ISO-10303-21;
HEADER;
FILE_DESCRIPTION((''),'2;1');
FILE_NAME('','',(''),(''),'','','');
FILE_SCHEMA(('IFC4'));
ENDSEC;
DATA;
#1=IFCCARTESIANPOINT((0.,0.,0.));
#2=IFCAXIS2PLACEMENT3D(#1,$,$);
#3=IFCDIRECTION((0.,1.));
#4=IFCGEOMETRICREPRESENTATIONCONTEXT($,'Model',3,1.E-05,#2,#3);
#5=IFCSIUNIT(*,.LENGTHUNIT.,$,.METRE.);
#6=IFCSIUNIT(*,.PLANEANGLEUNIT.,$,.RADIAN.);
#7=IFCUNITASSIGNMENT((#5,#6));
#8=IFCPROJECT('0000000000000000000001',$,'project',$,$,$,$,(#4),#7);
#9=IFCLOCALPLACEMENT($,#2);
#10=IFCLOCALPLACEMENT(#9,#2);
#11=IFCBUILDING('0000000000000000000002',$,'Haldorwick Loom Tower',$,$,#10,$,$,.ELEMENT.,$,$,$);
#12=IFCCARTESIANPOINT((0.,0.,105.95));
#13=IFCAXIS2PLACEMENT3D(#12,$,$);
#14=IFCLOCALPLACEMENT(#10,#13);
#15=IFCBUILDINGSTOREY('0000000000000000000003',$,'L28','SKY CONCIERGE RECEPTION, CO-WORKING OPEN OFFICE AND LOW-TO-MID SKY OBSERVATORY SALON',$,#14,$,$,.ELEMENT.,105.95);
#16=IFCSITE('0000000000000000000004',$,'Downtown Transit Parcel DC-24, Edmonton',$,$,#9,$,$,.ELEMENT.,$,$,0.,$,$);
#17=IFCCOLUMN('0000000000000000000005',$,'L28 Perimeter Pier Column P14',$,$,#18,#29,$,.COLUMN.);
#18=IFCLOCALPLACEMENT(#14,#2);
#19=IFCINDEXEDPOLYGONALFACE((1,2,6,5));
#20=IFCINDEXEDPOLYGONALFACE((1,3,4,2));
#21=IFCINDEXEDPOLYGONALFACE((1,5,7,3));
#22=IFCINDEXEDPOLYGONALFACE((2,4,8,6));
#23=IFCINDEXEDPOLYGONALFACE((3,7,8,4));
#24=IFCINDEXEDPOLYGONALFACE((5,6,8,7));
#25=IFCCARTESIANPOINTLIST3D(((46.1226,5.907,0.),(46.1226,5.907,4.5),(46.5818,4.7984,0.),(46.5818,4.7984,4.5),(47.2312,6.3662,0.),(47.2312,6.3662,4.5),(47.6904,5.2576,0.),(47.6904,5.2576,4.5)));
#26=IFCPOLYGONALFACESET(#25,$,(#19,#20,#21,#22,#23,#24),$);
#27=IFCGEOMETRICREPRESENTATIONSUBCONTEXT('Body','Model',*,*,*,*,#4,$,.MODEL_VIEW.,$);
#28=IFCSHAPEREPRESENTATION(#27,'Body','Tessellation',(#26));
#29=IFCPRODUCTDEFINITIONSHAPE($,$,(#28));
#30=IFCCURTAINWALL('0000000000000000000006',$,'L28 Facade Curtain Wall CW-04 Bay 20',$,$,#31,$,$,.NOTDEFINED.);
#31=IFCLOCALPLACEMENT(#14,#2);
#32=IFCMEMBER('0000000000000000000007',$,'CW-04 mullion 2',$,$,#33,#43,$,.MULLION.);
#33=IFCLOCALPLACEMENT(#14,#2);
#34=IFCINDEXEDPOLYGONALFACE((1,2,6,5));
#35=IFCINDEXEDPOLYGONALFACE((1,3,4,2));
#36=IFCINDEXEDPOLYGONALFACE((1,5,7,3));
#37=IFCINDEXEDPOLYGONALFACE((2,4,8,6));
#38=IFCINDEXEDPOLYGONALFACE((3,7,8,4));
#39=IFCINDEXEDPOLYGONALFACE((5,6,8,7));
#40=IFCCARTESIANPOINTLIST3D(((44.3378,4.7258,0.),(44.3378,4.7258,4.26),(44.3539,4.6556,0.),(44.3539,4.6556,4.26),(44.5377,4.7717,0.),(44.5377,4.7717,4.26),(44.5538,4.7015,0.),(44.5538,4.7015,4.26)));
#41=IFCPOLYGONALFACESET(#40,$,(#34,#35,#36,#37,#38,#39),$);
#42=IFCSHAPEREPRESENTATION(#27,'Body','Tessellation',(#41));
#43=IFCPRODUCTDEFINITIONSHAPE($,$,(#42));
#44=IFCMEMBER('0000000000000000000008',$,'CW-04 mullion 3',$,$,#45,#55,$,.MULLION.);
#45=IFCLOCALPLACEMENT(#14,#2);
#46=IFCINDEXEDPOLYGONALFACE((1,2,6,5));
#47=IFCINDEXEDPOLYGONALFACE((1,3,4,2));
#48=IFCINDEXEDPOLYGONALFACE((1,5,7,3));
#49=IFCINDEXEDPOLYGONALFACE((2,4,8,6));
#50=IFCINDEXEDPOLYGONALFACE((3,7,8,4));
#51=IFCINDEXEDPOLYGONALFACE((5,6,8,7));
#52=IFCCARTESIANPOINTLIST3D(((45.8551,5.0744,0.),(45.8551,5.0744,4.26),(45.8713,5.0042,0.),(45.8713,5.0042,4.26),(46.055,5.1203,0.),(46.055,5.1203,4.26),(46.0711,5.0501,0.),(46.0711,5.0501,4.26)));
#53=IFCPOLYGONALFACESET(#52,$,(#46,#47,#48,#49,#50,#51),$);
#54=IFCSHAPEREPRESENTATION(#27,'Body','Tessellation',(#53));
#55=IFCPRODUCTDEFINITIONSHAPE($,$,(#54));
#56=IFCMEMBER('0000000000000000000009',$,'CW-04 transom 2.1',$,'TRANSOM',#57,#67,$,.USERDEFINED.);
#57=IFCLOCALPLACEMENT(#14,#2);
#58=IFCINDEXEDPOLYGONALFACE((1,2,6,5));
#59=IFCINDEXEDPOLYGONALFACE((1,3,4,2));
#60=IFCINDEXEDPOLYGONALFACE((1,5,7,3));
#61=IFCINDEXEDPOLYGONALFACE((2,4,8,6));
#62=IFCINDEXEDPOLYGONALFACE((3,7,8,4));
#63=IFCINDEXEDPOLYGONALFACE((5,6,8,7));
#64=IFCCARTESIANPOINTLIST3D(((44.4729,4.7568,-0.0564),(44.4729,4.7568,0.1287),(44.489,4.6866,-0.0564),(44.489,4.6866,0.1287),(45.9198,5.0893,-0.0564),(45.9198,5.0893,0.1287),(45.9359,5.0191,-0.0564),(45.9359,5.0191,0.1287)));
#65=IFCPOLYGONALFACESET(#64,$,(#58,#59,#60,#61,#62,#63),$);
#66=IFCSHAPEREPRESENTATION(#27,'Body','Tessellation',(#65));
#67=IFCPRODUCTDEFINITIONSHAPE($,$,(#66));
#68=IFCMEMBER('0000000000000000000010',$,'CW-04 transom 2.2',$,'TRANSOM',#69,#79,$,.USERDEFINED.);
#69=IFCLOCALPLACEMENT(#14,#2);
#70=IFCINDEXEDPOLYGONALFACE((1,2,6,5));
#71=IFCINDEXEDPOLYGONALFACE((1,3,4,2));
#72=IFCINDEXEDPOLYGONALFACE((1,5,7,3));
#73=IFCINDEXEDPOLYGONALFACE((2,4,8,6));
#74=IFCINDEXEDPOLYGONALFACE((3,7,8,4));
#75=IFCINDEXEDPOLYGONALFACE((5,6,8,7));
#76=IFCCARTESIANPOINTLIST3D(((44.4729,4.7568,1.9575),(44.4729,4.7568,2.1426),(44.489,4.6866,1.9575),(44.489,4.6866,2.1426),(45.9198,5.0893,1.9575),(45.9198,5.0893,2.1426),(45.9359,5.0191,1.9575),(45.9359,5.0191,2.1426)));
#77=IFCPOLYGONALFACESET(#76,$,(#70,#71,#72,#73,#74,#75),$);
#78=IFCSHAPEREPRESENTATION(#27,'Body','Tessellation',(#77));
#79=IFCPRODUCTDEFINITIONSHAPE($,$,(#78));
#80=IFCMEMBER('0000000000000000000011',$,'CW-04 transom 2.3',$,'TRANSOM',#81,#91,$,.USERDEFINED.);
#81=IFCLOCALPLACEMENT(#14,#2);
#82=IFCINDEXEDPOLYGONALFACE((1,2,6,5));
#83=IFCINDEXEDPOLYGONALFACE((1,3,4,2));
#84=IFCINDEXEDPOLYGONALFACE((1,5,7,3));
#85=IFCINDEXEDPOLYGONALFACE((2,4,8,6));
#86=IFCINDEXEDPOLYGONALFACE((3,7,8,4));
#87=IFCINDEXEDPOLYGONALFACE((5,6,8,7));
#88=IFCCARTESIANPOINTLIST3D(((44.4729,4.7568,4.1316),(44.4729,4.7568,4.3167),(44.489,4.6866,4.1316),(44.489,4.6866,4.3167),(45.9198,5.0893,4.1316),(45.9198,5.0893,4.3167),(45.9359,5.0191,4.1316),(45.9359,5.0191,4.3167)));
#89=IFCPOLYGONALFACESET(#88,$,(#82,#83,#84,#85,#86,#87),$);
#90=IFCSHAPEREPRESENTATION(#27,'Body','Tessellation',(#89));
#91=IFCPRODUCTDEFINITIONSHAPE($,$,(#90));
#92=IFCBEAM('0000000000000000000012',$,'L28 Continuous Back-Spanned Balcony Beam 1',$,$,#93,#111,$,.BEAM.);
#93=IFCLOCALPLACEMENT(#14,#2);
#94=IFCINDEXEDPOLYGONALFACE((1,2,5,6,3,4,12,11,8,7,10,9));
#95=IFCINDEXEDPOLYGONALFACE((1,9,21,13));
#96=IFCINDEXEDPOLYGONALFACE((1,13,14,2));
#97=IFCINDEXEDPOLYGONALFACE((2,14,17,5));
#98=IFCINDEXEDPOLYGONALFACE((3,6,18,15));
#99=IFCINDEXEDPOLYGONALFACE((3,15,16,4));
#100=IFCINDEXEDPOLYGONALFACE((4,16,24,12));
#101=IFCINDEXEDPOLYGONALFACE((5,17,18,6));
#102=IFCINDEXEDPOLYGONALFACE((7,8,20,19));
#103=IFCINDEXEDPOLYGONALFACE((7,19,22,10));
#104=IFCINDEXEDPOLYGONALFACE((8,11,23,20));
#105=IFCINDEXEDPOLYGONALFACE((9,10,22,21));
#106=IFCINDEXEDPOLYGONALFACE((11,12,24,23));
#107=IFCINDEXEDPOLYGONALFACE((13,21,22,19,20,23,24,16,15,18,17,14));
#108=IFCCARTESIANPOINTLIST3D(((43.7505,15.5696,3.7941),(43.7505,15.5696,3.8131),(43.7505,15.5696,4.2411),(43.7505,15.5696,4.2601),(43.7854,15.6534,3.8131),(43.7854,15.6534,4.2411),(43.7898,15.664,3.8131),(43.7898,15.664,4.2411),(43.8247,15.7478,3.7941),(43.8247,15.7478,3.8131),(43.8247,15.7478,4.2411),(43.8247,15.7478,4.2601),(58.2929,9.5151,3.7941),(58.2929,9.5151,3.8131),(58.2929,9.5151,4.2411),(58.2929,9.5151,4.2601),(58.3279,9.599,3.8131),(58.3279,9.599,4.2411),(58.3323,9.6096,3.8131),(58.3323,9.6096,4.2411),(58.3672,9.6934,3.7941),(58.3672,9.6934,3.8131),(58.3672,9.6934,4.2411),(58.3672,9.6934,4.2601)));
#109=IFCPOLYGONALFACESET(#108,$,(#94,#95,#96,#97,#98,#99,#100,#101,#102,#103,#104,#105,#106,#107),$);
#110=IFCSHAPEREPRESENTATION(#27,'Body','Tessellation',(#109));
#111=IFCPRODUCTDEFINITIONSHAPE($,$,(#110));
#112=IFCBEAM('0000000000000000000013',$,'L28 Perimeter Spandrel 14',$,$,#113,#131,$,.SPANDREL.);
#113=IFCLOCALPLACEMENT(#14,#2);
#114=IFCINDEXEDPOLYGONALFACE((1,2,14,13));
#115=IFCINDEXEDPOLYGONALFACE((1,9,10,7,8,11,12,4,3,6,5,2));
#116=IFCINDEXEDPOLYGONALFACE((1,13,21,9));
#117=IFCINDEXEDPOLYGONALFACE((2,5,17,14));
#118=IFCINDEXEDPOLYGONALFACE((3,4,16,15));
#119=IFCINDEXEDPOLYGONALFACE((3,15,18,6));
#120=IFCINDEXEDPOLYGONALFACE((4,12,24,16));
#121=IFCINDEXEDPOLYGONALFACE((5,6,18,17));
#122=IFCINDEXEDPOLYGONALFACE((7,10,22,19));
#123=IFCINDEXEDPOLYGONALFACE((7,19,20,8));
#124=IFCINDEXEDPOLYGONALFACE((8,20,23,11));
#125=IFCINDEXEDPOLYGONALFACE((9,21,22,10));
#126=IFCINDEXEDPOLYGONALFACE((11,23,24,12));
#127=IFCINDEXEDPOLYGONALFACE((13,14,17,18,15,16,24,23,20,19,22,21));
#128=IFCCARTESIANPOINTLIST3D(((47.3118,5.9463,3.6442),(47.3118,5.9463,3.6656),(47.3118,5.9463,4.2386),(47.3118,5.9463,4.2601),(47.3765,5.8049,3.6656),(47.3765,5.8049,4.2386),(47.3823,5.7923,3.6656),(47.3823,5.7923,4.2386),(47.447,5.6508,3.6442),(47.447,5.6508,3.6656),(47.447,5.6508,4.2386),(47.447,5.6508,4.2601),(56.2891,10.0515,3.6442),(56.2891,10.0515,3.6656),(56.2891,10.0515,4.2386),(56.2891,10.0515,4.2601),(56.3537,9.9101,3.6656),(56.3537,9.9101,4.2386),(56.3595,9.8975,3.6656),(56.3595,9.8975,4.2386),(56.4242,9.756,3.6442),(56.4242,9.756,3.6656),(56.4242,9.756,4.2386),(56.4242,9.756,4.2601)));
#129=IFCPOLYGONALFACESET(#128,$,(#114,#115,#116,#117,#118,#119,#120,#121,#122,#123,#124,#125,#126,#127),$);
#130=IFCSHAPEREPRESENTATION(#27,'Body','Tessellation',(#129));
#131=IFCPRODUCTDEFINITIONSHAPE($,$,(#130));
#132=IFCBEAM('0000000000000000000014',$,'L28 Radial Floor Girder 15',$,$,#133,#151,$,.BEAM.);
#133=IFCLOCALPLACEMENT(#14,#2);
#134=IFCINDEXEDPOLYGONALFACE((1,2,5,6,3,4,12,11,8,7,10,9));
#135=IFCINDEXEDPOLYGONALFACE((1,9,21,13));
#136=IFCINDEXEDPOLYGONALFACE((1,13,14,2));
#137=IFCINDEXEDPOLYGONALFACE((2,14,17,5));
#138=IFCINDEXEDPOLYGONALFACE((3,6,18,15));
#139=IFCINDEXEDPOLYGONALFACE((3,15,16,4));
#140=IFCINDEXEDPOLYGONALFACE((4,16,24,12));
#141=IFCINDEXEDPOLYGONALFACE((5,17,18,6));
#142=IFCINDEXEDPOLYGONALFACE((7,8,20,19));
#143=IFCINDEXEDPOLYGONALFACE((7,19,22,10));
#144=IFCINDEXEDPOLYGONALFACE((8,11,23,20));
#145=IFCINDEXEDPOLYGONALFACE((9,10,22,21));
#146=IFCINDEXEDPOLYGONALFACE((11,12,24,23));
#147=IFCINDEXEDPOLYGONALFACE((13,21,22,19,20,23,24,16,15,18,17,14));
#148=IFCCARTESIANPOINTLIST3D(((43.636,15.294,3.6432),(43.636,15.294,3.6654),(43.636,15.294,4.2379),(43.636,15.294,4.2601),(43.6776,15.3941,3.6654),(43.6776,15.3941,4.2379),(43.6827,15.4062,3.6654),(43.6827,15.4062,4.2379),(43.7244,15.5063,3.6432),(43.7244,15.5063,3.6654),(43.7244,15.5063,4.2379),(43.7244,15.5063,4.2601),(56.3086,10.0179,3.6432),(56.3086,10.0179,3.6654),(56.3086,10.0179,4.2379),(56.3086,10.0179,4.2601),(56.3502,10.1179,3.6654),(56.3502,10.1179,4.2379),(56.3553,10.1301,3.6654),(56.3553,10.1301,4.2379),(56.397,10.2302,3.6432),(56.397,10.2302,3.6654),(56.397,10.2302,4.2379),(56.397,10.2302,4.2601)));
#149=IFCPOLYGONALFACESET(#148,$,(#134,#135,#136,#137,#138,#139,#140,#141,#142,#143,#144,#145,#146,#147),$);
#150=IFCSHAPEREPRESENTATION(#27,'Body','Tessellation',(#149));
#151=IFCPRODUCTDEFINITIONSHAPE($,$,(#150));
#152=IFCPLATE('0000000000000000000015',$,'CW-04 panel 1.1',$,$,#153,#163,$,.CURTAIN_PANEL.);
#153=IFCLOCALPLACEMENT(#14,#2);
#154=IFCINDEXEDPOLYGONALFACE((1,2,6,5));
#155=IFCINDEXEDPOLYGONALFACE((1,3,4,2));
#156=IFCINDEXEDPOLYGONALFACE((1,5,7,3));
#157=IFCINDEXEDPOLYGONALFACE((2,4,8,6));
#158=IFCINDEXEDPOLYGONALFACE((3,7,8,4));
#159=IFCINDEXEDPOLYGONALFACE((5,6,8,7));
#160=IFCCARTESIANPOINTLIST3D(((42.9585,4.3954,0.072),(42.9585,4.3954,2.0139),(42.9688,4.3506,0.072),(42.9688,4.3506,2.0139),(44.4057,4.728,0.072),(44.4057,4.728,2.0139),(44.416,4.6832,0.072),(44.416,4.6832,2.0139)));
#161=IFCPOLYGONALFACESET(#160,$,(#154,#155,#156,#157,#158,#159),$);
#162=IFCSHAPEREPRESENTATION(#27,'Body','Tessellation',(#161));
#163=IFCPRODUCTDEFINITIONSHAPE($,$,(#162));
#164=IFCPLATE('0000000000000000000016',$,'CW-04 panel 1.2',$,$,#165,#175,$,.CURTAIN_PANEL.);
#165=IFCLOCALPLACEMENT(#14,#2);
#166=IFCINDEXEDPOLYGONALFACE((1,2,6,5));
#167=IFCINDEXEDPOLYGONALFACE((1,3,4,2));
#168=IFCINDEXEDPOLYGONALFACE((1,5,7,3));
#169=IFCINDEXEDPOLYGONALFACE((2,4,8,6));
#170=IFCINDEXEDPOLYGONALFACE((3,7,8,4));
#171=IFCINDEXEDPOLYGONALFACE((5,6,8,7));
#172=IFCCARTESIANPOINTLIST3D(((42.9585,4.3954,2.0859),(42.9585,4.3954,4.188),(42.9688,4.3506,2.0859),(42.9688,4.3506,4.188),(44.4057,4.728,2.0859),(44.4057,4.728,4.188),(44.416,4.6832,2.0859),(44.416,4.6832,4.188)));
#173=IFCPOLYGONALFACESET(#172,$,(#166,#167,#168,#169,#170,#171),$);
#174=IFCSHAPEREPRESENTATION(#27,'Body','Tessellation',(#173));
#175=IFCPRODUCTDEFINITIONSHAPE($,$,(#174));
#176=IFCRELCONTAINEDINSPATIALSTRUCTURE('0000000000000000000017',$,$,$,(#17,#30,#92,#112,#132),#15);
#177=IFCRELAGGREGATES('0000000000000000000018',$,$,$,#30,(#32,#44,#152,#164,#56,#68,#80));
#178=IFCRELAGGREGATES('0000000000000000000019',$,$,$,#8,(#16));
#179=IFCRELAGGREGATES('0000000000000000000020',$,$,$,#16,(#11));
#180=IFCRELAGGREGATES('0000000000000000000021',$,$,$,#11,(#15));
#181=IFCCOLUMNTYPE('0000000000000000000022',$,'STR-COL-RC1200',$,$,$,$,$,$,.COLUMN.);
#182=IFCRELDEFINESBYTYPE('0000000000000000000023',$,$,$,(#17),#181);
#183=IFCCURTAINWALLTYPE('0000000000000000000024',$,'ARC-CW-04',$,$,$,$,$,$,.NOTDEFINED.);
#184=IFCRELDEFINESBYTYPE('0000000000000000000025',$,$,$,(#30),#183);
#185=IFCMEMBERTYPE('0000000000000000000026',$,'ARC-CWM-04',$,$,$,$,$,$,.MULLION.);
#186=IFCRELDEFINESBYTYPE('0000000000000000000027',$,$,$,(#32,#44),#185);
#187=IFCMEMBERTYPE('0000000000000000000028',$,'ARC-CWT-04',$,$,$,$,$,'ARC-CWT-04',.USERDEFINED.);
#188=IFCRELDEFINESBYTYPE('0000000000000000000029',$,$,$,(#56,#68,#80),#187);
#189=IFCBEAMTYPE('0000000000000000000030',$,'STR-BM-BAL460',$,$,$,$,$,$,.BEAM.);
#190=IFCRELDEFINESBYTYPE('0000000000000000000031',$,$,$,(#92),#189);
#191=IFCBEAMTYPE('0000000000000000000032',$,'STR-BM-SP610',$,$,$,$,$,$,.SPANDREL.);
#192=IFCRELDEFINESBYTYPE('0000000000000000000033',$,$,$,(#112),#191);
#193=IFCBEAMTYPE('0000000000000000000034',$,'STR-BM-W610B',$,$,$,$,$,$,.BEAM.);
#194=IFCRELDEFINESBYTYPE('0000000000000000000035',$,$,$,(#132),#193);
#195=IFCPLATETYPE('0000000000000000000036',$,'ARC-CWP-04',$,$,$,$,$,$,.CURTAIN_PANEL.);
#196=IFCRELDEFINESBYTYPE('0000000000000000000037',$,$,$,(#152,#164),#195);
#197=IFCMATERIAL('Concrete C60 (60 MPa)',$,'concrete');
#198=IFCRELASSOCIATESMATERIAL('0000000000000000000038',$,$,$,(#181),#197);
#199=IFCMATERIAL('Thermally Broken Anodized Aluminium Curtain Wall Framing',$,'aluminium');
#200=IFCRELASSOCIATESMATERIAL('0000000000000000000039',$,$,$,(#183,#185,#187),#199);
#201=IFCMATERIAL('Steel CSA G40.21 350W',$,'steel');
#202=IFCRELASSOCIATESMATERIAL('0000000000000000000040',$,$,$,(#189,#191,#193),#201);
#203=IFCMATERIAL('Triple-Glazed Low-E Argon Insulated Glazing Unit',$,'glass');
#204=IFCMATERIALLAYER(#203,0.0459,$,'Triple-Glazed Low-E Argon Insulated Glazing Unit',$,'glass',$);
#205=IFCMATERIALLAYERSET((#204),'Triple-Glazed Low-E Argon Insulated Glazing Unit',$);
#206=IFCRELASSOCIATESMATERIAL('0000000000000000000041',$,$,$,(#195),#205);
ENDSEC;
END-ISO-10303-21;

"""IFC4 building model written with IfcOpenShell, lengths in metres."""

from ifc_helpers import new_model, si_unit, direction, frame, origin, origin_2d, place, context, subcontext, project, spatial, rectangle, i_section, extrude, material, layer, layer_set, material_profile, profile_set, type_object, element, aggregate, save


model = new_model("IFC4")

# Units and contexts
model_context = context("Model", 3, precision=1e-05, world=origin(), true_north=direction((0.0, 1.0)))
body_context = subcontext(model_context, "Body", "Model", "MODEL_VIEW")
ifc_project = project(units=[si_unit("LENGTHUNIT", "METRE"), si_unit("PLANEANGLEUNIT", "RADIAN")], contexts=[model_context])

# Site, building, storey
site_placement = place(None, origin())
site = spatial("IfcSite", under=ifc_project, at=site_placement, Name="Downtown Transit Parcel DC-24, Edmonton", CompositionType="ELEMENT", RefElevation=0.0)
building_placement = place(site_placement, origin())
building = spatial("IfcBuilding", under=site, at=building_placement, Name="Haldorwick Loom Tower", CompositionType="ELEMENT")
storey_placement = place(building_placement, frame((0.0, 0.0, 105.95)))
storey = spatial("IfcBuildingStorey", under=building, at=storey_placement, Name="L28", Description="SKY CONCIERGE RECEPTION, CO-WORKING OPEN OFFICE AND LOW-TO-MID SKY OBSERVATORY SALON", CompositionType="ELEMENT", Elevation=105.95)

# Column
ifc_material_1 = material(Name="Concrete C60 (60 MPa)", Category="concrete")
ifc_material_profile_1 = material_profile(ifc_material_1, rectangle(XDim=1.2, YDim=1.2, at=origin_2d()), Name="RC1200X1200", Category="concrete")
ifc_profile_set_1 = profile_set([ifc_material_profile_1], Name="Concrete C60 (60 MPa)")
column_type = type_object("IfcColumnType", Name="STR-COL-RC1200", PredefinedType="COLUMN", material=ifc_profile_set_1)
column_placement = place(storey_placement, frame((46.9065, 5.5823, 0.0), z_axis=(0.0, 0.0, 1.0), x_axis=(0.382683, -0.92388, 0.0)))
element("IfcColumn", 1, at=column_placement, inside=storey, type_object=column_type, Name="L28 Perimeter Pier Column P14", PredefinedType="COLUMN", context=body_context, shape_type="SweptSolid", body=[
    extrude(rectangle(XDim=1.2, YDim=1.2, at=origin_2d()), origin(), (0.0, 0.0, 1.0), 4.5),
])

# Curtain wall, members
ifc_material_2 = material(Name="Thermally Broken Anodized Aluminium Curtain Wall Framing", Category="aluminium")
curtain_wall_type = type_object("IfcCurtainWallType", Name="ARC-CW-04", PredefinedType="NOTDEFINED", material=ifc_material_2)
curtain_wall_placement = place(storey_placement, origin())
curtain_wall = element("IfcCurtainWall", 2, at=curtain_wall_placement, inside=storey, type_object=curtain_wall_type, Name="L28 Facade Curtain Wall CW-04 Bay 20", PredefinedType="NOTDEFINED")
ifc_material_profile_2 = material_profile(ifc_material_2, rectangle(XDim=0.072, YDim=0.2051, at=origin_2d()), Name="ALU_MUL_72X205", Category="aluminium")
ifc_profile_set_2 = profile_set([ifc_material_profile_2], Name="Thermally Broken Anodized Aluminium Curtain Wall Framing")
member_type_1 = type_object("IfcMemberType", Name="ARC-CWM-04", PredefinedType="MULLION", material=ifc_profile_set_2)
member_1_placement = place(storey_placement, frame((44.4458, 4.7136, 0.0), z_axis=(0.0, 0.0, 1.0), x_axis=(-0.223981, 0.974593, 0.0)))
member_1 = element("IfcMember", 3, at=member_1_placement, type_object=member_type_1, Name="CW-04 mullion 2", PredefinedType="MULLION", context=body_context, shape_type="SweptSolid", body=[
    extrude(rectangle(XDim=0.072, YDim=0.2051, at=origin_2d()), origin(), (0.0, 0.0, 1.0), 4.26),
])
member_2_placement = place(storey_placement, frame((45.9631, 5.0623, 0.0), z_axis=(0.0, 0.0, 1.0), x_axis=(-0.223981, 0.974593, 0.0)))
member_2 = element("IfcMember", 4, at=member_2_placement, type_object=member_type_1, Name="CW-04 mullion 3", PredefinedType="MULLION", context=body_context, shape_type="SweptSolid", body=[
    extrude(rectangle(XDim=0.072, YDim=0.2051, at=origin_2d()), origin(), (0.0, 0.0, 1.0), 4.26),
])
ifc_material_profile_3 = material_profile(ifc_material_2, rectangle(XDim=0.072, YDim=0.1851, at=origin_2d()), Name="ALU_TRN_72X185", Category="aluminium")
ifc_profile_set_3 = profile_set([ifc_material_profile_3], Name="Thermally Broken Anodized Aluminium Curtain Wall Framing")
member_type_2 = type_object("IfcMemberType", Name="ARC-CWT-04", ElementType="ARC-CWT-04", PredefinedType="USERDEFINED", material=ifc_profile_set_3)
member_3_placement = place(storey_placement, frame((44.481, 4.7217, 0.0361), z_axis=(0.974599, 0.223959, 0.0), x_axis=(-0.223959, 0.974599, 0.0)))
member_3 = element("IfcMember", 5, at=member_3_placement, type_object=member_type_2, Name="CW-04 transom 2.1", ObjectType="TRANSOM", PredefinedType="USERDEFINED", context=body_context, shape_type="SweptSolid", body=[
    extrude(rectangle(XDim=0.072, YDim=0.1851, at=origin_2d()), origin(), (0.0, 0.0, 1.0), 1.4846),
])
member_4_placement = place(storey_placement, frame((44.481, 4.7217, 2.05), z_axis=(0.974599, 0.223959, 0.0), x_axis=(-0.223959, 0.974599, 0.0)))
member_4 = element("IfcMember", 6, at=member_4_placement, type_object=member_type_2, Name="CW-04 transom 2.2", ObjectType="TRANSOM", PredefinedType="USERDEFINED", context=body_context, shape_type="SweptSolid", body=[
    extrude(rectangle(XDim=0.072, YDim=0.1851, at=origin_2d()), origin(), (0.0, 0.0, 1.0), 1.4846),
])
member_5_placement = place(storey_placement, frame((44.481, 4.7217, 4.2241), z_axis=(0.974599, 0.223959, 0.0), x_axis=(-0.223959, 0.974599, 0.0)))
member_5 = element("IfcMember", 7, at=member_5_placement, type_object=member_type_2, Name="CW-04 transom 2.3", ObjectType="TRANSOM", PredefinedType="USERDEFINED", context=body_context, shape_type="SweptSolid", body=[
    extrude(rectangle(XDim=0.072, YDim=0.1851, at=origin_2d()), origin(), (0.0, 0.0, 1.0), 1.4846),
])

# Beams
ifc_material_3 = material(Name="Steel CSA G40.21 350W", Category="steel")
ifc_material_profile_4 = material_profile(ifc_material_3, i_section(OverallWidth=0.1931, OverallDepth=0.4661, WebThickness=0.0115, FlangeThickness=0.019, at=origin_2d()), Name="W460X97", Category="steel")
ifc_profile_set_4 = profile_set([ifc_material_profile_4], Name="Steel CSA G40.21 350W")
beam_type_1 = type_object("IfcBeamType", Name="STR-BM-BAL460", PredefinedType="BEAM", material=ifc_profile_set_4)
beam_1_placement = place(storey_placement, frame((43.7876, 15.6587, 4.0271), z_axis=(0.923188, -0.384349, 0.0), x_axis=(0.384349, 0.923188, 0.0)))
element("IfcBeam", 8, at=beam_1_placement, inside=storey, type_object=beam_type_1, Name="L28 Continuous Back-Spanned Balcony Beam 1", PredefinedType="BEAM", context=body_context, shape_type="SweptSolid", body=[
    extrude(i_section(OverallWidth=0.1931, OverallDepth=0.4661, WebThickness=0.0115, FlangeThickness=0.019, at=origin_2d()), origin(), (0.0, 0.0, 1.0), 15.7524),
])
ifc_material_profile_5 = material_profile(ifc_material_3, i_section(OverallWidth=0.325, OverallDepth=0.616, WebThickness=0.0139, FlangeThickness=0.0215, at=origin_2d()), Name="W610X174", Category="steel")
ifc_profile_set_5 = profile_set([ifc_material_profile_5], Name="Steel CSA G40.21 350W")
beam_type_2 = type_object("IfcBeamType", Name="STR-BM-SP610", PredefinedType="SPANDREL", material=ifc_profile_set_5)
beam_2_placement = place(storey_placement, frame((47.3794, 5.7986, 3.9521), z_axis=(0.909424, 0.41587, 0.0), x_axis=(-0.41587, 0.909424, 0.0)))
element("IfcBeam", 9, at=beam_2_placement, inside=storey, type_object=beam_type_2, Name="L28 Perimeter Spandrel 14", PredefinedType="SPANDREL", context=body_context, shape_type="SweptSolid", body=[
    extrude(i_section(OverallWidth=0.325, OverallDepth=0.616, WebThickness=0.0139, FlangeThickness=0.0215, at=origin_2d()), origin(), (0.0, 0.0, 1.0), 9.8713),
])
ifc_material_profile_6 = material_profile(ifc_material_3, i_section(OverallWidth=0.23, OverallDepth=0.6169, WebThickness=0.0132, FlangeThickness=0.0222, at=origin_2d()), Name="W610X140", Category="steel")
ifc_profile_set_6 = profile_set([ifc_material_profile_6], Name="Steel CSA G40.21 350W")
beam_type_3 = type_object("IfcBeamType", Name="STR-BM-W610B", PredefinedType="BEAM", material=ifc_profile_set_6)
beam_3_placement = place(storey_placement, frame((43.6802, 15.4001, 3.9517), z_axis=(0.923184, -0.384359, 0.0), x_axis=(0.384359, 0.923184, 0.0)))
element("IfcBeam", 10, at=beam_3_placement, inside=storey, type_object=beam_type_3, Name="L28 Radial Floor Girder 15", PredefinedType="BEAM", context=body_context, shape_type="SweptSolid", body=[
    extrude(i_section(OverallWidth=0.23, OverallDepth=0.6169, WebThickness=0.0132, FlangeThickness=0.0222, at=origin_2d()), origin(), (0.0, 0.0, 1.0), 13.7271),
])

# Plates
ifc_material_4 = material(Name="Triple-Glazed Low-E Argon Insulated Glazing Unit", Category="glass")
ifc_layer_1 = layer(ifc_material_4, 0.0459, Name="Triple-Glazed Low-E Argon Insulated Glazing Unit", Category="glass")
ifc_layer_set_1 = layer_set([ifc_layer_1], Name="Triple-Glazed Low-E Argon Insulated Glazing Unit")
plate_type = type_object("IfcPlateType", Name="ARC-CWP-04", PredefinedType="CURTAIN_PANEL", material=ifc_layer_set_1)
plate_1_placement = place(storey_placement, frame((43.6873, 4.5393, 0.072), z_axis=(0.0, 0.0, 1.0), x_axis=(0.974593, 0.223981, 0.0)))
plate_1 = element("IfcPlate", 11, at=plate_1_placement, type_object=plate_type, Name="CW-04 panel 1.1", PredefinedType="CURTAIN_PANEL", context=body_context, shape_type="SweptSolid", body=[
    extrude(rectangle(XDim=1.4849, YDim=0.0459, at=origin_2d()), origin(), (0.0, 0.0, 1.0), 1.9419),
])
plate_2_placement = place(storey_placement, frame((43.6873, 4.5393, 2.0859), z_axis=(0.0, 0.0, 1.0), x_axis=(0.974593, 0.223981, 0.0)))
plate_2 = element("IfcPlate", 12, at=plate_2_placement, type_object=plate_type, Name="CW-04 panel 1.2", PredefinedType="CURTAIN_PANEL", context=body_context, shape_type="SweptSolid", body=[
    extrude(rectangle(XDim=1.4849, YDim=0.0459, at=origin_2d()), origin(), (0.0, 0.0, 1.0), 2.1021),
])
aggregate(curtain_wall, [member_1, member_2, plate_1, plate_2, member_3, member_4, member_5])

save(model, "model.ifc")
